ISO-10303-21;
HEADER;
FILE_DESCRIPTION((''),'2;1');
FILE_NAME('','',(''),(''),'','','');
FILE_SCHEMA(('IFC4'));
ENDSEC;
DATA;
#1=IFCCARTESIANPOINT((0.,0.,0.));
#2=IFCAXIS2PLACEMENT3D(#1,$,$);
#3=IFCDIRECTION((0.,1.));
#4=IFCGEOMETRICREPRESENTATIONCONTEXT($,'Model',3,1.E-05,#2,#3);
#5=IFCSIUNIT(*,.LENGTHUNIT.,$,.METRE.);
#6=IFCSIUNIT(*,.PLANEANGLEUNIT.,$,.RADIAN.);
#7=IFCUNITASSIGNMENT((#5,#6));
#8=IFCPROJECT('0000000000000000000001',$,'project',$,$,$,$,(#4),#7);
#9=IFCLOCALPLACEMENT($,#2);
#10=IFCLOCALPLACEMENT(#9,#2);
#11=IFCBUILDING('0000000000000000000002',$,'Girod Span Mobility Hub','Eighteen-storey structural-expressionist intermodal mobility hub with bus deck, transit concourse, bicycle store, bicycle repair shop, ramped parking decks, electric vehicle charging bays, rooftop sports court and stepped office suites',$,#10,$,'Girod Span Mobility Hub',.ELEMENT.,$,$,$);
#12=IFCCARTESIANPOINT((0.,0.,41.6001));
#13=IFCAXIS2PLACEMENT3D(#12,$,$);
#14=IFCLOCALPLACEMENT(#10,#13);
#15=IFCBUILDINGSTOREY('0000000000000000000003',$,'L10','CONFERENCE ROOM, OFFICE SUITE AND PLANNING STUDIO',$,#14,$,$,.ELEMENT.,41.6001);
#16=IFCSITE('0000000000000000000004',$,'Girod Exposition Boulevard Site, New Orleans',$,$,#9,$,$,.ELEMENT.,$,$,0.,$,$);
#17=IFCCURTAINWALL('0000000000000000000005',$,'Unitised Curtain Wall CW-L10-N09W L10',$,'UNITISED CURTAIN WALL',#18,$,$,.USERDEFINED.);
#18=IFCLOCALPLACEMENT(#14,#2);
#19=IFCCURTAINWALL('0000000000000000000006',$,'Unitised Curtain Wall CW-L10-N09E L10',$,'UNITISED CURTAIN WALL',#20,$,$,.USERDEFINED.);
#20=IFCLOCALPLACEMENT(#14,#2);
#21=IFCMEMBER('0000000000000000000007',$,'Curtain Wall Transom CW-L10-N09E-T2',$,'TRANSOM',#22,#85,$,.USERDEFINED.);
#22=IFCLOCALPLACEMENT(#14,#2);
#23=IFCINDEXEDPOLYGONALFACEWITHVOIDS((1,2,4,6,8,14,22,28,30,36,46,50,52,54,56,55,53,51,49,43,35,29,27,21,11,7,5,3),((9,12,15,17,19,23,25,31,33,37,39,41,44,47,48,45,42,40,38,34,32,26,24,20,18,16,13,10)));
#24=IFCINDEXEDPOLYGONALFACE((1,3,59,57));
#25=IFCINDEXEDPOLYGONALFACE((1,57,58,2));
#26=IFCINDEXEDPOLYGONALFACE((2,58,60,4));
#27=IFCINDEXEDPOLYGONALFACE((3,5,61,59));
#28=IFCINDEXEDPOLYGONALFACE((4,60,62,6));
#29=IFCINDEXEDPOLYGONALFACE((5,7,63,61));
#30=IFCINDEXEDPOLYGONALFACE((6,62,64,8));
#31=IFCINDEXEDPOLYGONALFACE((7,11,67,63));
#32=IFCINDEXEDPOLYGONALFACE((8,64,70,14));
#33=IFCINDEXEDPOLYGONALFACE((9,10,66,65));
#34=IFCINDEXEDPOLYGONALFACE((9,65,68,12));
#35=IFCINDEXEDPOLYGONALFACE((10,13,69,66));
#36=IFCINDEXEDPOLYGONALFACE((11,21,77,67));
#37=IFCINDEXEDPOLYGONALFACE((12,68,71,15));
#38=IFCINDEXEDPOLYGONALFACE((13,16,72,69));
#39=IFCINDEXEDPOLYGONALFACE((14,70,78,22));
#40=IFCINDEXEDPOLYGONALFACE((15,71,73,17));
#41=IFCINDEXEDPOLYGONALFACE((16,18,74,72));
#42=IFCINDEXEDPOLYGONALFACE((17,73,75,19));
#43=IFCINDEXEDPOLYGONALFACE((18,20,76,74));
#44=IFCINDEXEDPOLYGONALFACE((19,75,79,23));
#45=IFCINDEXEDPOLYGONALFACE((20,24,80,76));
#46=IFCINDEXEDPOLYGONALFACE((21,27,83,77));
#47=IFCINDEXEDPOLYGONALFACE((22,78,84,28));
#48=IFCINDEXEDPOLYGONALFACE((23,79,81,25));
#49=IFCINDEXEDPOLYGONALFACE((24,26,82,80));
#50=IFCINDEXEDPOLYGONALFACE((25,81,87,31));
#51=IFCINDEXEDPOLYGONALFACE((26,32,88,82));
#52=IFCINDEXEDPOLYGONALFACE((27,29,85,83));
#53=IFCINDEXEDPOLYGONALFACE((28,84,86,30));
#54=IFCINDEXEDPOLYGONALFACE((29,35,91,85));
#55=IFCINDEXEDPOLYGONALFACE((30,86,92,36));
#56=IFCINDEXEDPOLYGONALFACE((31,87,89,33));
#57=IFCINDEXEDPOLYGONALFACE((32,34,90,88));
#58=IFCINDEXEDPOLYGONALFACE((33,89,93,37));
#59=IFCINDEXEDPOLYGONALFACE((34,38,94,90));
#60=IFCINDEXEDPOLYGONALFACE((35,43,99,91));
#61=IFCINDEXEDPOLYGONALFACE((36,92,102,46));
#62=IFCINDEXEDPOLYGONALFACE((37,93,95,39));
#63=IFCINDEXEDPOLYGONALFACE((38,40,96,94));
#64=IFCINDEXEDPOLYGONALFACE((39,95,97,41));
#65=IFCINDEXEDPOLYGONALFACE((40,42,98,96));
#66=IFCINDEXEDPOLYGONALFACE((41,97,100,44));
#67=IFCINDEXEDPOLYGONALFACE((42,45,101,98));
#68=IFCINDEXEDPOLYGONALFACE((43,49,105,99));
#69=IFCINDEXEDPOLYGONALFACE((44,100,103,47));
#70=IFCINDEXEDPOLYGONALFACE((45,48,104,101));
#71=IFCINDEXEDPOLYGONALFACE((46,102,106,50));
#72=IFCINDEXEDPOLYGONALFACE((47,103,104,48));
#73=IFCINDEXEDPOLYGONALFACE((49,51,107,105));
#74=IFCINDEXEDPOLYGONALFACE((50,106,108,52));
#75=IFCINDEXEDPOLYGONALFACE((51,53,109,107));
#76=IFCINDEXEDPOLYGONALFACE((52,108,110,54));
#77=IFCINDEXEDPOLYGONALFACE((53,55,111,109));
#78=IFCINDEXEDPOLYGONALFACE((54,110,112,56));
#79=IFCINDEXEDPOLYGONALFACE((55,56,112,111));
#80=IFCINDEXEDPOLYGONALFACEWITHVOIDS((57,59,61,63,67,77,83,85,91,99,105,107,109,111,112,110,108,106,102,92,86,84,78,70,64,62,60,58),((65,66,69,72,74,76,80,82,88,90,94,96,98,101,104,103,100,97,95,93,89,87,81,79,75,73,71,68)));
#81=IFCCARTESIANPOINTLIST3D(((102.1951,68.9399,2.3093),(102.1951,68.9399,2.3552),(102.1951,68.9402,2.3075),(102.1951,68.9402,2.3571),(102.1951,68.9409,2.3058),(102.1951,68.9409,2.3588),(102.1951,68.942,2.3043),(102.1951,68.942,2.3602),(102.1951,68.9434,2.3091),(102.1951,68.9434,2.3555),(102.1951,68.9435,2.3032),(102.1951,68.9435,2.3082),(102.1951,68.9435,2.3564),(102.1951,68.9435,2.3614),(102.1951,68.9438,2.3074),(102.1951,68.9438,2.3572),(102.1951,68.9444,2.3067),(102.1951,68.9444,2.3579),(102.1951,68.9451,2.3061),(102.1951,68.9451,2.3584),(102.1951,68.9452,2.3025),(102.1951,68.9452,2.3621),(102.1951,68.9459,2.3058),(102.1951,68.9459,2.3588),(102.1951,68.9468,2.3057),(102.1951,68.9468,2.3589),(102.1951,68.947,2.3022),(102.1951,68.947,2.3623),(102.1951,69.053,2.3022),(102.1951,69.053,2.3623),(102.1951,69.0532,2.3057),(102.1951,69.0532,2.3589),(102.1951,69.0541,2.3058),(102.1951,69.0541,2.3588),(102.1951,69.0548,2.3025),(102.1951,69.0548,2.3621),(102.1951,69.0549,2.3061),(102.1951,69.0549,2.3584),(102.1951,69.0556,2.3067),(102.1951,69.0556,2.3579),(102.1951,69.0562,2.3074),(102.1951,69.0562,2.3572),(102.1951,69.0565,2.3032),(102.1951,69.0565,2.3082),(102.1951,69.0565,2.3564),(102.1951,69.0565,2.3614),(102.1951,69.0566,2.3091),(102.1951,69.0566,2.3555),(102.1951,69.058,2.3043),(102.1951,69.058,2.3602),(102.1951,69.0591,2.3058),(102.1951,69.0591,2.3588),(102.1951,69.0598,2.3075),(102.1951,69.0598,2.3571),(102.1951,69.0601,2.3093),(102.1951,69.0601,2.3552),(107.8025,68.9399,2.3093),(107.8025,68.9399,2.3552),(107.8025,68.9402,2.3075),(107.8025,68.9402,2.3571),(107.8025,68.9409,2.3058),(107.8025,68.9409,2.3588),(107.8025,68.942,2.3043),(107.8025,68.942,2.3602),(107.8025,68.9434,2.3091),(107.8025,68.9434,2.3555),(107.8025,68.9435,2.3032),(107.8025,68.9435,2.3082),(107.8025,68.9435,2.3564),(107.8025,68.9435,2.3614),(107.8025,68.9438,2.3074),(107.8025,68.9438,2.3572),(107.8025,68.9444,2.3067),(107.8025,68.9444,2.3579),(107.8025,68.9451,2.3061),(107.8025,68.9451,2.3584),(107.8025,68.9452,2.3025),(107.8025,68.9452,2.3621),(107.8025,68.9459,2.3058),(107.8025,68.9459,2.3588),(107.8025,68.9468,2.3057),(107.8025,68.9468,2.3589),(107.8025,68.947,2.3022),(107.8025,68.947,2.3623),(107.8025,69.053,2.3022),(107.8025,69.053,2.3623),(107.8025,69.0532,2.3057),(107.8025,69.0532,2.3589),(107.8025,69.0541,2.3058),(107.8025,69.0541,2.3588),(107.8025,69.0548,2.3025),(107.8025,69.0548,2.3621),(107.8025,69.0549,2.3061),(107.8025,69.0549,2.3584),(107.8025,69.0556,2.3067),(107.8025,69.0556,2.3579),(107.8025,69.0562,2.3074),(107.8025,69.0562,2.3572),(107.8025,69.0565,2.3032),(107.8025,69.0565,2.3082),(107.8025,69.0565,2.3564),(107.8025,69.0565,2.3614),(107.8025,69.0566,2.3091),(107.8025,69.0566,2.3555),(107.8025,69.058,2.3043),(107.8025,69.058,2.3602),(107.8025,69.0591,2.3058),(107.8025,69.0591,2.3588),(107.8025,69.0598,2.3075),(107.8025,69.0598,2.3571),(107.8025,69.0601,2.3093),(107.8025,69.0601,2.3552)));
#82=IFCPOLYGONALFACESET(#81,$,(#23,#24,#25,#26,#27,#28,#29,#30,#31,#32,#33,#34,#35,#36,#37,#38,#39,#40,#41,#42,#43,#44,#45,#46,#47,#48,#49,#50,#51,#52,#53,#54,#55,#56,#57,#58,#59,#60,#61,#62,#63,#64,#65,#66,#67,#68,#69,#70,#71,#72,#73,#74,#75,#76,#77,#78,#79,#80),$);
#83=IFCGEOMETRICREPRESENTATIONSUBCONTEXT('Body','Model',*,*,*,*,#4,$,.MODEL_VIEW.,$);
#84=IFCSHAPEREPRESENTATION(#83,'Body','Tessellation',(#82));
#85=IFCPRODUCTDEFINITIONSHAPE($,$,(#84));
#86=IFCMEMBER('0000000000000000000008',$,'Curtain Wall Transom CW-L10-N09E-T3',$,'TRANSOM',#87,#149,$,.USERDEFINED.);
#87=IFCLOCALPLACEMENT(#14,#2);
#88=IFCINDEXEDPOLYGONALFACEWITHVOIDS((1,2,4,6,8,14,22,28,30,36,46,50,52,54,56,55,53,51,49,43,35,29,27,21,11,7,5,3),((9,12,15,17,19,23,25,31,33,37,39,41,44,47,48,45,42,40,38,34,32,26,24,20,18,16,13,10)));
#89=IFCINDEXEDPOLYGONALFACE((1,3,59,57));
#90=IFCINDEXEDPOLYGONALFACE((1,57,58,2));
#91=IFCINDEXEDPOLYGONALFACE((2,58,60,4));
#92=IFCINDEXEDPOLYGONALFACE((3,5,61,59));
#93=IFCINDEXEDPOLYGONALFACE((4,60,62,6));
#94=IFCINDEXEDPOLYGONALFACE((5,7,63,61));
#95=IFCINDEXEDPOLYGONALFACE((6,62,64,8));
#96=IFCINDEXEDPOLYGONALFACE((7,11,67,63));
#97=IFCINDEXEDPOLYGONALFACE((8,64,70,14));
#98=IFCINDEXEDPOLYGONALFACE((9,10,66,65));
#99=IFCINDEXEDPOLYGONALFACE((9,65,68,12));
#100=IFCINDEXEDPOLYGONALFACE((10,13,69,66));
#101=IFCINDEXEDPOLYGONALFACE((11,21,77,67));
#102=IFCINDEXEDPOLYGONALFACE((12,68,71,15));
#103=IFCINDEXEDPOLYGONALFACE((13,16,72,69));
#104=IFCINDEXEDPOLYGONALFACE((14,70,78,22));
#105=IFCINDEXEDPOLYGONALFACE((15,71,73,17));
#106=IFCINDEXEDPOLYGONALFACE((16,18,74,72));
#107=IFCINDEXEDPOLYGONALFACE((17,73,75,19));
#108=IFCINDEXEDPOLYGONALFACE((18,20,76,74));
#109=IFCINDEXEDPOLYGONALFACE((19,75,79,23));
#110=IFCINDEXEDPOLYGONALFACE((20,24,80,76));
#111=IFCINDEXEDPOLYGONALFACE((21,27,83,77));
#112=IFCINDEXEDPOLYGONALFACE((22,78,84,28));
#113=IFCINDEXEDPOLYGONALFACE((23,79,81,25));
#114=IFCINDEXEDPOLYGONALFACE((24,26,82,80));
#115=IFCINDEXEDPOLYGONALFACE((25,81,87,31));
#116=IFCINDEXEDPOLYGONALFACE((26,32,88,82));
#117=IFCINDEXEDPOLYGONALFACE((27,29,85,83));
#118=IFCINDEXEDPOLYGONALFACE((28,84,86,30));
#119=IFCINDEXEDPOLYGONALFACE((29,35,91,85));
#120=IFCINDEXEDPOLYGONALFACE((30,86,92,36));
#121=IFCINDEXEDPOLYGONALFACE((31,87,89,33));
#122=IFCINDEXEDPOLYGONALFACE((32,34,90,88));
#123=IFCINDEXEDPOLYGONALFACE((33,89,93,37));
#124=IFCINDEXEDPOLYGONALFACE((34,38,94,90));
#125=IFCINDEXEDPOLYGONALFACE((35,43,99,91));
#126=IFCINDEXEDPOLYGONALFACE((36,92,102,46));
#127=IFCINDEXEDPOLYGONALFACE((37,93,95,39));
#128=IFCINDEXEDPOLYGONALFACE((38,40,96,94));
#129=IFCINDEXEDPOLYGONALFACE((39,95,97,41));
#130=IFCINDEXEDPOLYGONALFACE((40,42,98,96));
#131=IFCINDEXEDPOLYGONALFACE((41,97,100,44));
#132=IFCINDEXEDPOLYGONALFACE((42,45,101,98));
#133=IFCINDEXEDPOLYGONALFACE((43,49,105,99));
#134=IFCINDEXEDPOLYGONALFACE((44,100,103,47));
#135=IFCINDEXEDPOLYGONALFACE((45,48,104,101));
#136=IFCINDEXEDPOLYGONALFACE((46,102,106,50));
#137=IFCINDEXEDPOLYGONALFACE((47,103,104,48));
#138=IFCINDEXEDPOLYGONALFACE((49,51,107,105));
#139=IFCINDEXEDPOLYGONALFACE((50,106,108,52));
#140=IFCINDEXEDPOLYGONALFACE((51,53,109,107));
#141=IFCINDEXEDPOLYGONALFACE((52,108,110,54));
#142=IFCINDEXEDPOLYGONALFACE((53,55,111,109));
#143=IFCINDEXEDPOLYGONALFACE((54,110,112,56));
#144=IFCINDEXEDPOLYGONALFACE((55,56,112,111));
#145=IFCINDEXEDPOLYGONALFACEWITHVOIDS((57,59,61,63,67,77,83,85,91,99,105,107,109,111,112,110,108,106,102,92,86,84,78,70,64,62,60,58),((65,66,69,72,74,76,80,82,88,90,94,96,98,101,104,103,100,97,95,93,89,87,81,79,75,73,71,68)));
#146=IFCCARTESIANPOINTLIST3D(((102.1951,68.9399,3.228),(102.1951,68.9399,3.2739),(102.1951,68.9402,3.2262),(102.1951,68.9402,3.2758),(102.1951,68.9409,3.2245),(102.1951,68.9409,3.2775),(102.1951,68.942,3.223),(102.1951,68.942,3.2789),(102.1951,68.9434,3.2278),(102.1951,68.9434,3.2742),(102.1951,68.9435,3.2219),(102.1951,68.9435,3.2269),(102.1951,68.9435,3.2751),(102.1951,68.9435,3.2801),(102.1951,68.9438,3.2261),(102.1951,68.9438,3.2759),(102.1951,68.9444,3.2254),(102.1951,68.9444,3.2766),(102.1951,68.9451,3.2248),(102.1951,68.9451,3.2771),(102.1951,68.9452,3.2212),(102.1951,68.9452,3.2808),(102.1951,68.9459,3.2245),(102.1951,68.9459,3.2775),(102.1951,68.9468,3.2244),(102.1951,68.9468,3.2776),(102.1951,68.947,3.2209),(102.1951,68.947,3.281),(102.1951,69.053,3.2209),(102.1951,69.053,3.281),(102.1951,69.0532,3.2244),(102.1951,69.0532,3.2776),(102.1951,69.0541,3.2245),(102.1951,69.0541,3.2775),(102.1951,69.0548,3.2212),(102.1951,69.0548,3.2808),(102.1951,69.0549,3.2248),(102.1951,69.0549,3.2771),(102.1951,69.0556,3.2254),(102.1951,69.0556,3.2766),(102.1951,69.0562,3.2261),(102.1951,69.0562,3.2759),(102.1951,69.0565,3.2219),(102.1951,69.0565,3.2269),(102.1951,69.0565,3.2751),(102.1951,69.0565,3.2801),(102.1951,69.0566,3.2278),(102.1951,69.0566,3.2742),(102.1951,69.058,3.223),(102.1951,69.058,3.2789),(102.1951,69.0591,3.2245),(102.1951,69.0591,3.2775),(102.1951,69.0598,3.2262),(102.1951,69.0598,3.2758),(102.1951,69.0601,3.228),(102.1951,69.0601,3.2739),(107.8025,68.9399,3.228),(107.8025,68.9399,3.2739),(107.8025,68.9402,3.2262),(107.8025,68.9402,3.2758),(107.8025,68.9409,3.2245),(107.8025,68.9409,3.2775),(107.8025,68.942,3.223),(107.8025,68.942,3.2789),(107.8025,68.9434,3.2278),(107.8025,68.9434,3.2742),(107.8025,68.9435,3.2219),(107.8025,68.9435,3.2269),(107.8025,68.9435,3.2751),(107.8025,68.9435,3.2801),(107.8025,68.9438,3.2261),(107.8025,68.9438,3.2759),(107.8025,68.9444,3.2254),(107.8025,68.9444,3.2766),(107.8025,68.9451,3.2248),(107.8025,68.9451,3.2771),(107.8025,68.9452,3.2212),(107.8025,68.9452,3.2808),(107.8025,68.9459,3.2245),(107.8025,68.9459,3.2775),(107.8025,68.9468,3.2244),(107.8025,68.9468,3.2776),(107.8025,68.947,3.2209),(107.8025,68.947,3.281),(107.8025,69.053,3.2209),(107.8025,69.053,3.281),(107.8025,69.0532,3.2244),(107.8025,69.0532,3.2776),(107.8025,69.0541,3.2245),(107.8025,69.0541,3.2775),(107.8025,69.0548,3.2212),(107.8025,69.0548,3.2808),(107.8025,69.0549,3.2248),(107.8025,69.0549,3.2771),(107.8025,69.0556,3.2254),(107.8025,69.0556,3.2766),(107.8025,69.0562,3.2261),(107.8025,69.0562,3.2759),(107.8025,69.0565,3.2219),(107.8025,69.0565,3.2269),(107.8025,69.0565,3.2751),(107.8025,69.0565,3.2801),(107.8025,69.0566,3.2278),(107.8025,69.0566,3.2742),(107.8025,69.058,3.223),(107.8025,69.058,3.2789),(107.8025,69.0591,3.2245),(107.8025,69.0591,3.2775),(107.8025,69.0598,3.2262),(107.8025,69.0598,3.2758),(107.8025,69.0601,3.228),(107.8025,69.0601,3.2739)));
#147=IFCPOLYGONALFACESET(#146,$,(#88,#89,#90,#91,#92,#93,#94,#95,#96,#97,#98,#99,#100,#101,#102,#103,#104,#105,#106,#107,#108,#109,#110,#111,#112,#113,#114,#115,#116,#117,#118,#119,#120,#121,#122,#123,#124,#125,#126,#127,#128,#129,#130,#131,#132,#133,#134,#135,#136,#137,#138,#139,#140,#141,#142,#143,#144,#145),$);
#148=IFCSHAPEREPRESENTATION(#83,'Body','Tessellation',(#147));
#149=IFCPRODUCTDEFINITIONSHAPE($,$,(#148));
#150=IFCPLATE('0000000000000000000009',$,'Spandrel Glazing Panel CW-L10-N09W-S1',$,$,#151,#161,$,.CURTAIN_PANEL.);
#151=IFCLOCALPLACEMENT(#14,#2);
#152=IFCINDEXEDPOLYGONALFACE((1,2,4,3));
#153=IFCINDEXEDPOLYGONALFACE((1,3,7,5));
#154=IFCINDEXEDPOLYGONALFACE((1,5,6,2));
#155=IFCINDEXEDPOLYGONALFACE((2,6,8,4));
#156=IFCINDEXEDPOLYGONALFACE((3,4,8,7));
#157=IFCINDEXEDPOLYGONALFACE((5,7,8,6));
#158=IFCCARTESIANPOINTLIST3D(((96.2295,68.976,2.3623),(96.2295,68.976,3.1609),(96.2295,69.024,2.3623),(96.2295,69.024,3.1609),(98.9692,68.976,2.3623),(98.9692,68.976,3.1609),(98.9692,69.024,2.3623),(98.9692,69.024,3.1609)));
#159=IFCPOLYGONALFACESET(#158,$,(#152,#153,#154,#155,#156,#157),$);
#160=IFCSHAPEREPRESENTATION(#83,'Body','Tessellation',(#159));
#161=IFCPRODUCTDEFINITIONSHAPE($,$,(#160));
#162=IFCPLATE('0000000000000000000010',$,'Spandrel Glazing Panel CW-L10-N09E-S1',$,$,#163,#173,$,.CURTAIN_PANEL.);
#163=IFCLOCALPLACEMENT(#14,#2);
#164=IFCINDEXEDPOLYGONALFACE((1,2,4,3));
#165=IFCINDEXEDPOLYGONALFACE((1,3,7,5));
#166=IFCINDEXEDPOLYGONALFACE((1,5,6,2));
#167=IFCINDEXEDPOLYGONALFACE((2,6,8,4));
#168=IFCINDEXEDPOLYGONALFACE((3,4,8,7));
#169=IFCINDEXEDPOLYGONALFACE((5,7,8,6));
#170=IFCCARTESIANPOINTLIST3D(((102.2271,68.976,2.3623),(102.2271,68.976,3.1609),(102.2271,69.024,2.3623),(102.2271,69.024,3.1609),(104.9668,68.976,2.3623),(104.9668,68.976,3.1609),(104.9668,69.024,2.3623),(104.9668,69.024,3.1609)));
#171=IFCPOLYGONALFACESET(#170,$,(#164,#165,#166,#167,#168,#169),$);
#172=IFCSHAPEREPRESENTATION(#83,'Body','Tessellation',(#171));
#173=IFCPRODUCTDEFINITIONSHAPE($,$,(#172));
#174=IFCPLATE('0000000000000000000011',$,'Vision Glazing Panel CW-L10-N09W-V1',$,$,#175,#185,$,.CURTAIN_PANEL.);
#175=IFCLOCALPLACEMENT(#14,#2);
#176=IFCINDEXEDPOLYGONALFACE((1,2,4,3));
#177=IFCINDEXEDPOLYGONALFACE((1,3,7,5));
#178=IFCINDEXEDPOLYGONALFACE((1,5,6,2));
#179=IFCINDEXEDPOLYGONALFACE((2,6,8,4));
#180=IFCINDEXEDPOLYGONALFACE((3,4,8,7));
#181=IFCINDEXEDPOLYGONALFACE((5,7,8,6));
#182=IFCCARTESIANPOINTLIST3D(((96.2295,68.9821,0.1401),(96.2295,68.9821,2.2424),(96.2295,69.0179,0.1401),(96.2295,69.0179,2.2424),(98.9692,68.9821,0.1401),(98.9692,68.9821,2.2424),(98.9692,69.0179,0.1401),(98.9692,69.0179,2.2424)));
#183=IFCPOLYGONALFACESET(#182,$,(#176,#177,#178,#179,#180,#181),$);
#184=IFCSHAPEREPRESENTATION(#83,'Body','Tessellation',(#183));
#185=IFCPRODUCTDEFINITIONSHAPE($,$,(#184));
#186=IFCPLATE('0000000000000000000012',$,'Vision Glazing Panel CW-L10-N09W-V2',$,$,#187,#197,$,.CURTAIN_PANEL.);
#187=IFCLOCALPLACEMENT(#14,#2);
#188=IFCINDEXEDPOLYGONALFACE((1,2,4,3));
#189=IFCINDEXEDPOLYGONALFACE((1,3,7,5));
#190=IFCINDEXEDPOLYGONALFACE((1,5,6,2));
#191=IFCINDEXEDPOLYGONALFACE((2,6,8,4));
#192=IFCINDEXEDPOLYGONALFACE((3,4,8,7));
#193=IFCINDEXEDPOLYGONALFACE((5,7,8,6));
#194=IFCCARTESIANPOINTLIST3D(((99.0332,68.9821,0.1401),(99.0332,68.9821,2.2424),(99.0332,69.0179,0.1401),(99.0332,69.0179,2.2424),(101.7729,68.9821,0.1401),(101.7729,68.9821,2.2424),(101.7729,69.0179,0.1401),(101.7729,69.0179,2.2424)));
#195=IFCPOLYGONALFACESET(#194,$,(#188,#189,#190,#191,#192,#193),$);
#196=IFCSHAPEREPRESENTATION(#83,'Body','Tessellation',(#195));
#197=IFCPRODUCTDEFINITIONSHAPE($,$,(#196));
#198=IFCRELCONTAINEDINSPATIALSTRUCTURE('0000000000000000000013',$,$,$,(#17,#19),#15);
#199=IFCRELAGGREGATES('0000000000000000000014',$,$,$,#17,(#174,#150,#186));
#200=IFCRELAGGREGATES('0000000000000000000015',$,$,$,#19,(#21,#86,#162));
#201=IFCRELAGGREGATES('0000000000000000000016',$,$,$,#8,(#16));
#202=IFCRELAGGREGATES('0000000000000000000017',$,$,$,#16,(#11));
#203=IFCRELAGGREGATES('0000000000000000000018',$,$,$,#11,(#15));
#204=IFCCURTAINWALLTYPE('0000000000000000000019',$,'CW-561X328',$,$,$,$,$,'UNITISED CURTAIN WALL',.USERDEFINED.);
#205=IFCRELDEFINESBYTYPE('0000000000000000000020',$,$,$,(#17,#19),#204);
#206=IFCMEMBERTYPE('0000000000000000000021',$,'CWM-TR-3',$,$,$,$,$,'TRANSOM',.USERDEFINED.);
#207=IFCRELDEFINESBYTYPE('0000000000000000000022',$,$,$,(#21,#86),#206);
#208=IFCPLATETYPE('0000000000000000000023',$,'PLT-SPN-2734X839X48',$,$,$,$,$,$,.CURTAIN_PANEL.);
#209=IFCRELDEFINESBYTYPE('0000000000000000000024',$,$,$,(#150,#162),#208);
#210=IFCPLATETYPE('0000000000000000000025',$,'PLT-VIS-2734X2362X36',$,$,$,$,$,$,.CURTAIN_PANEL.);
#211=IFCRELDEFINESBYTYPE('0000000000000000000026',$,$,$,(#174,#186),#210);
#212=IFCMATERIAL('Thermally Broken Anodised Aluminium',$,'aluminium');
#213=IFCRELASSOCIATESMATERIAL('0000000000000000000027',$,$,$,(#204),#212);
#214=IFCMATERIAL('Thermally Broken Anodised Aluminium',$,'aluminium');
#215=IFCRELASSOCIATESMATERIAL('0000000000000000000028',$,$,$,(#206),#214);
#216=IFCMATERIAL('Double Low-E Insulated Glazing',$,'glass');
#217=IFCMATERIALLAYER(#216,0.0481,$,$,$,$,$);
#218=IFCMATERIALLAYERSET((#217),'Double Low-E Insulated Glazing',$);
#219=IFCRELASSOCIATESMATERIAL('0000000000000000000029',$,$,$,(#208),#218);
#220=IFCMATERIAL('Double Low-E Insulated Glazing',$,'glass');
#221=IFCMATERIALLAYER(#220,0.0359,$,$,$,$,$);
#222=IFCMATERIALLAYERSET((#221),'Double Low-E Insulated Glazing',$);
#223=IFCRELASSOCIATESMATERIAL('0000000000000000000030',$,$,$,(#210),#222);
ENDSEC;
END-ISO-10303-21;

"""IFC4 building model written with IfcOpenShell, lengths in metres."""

from ifc_helpers import new_model, si_unit, direction, frame, origin, origin_2d, place, context, subcontext, project, spatial, rectangle, hollow_rectangle, extrude, material, layer, layer_set, material_profile, profile_set, type_object, element, aggregate, save


model = new_model("IFC4")

# Units and contexts
model_context = context("Model", 3, precision=1e-05, world=origin(), true_north=direction((0.0, 1.0)))
body_context = subcontext(model_context, "Body", "Model", "MODEL_VIEW")
ifc_project = project(units=[si_unit("LENGTHUNIT", "METRE"), si_unit("PLANEANGLEUNIT", "RADIAN")], contexts=[model_context])

# Site, building, storey
site_placement = place(None, origin())
site = spatial("IfcSite", under=ifc_project, at=site_placement, Name="Girod Exposition Boulevard Site, New Orleans", CompositionType="ELEMENT", RefElevation=0.0)
building_placement = place(site_placement, origin())
building = spatial("IfcBuilding", under=site, at=building_placement, Name="Girod Span Mobility Hub", Description="Eighteen-storey structural-expressionist intermodal mobility hub with bus deck, transit concourse, bicycle store, bicycle repair shop, ramped parking decks, electric vehicle charging bays, rooftop sports court and stepped office suites", LongName="Girod Span Mobility Hub", CompositionType="ELEMENT")
storey_placement = place(building_placement, frame((0.0, 0.0, 41.6001)))
storey = spatial("IfcBuildingStorey", under=building, at=storey_placement, Name="L10", Description="CONFERENCE ROOM, OFFICE SUITE AND PLANNING STUDIO", CompositionType="ELEMENT", Elevation=41.6001)

# Curtain walls
ifc_material_1 = material(Name="Thermally Broken Anodised Aluminium", Category="aluminium")
curtain_wall_type = type_object("IfcCurtainWallType", Name="CW-561X328", ElementType="UNITISED CURTAIN WALL", PredefinedType="USERDEFINED", material=ifc_material_1)
curtain_wall_1_placement = place(storey_placement, origin())
curtain_wall_1 = element("IfcCurtainWall", 1, at=curtain_wall_1_placement, inside=storey, type_object=curtain_wall_type, Name="Unitised Curtain Wall CW-L10-N09W L10", ObjectType="UNITISED CURTAIN WALL", PredefinedType="USERDEFINED")
curtain_wall_2_placement = place(storey_placement, origin())
curtain_wall_2 = element("IfcCurtainWall", 2, at=curtain_wall_2_placement, inside=storey, type_object=curtain_wall_type, Name="Unitised Curtain Wall CW-L10-N09E L10", ObjectType="UNITISED CURTAIN WALL", PredefinedType="USERDEFINED")

# Members
ifc_material_2 = material(Name="Thermally Broken Anodised Aluminium", Category="aluminium")
ifc_material_profile_1 = material_profile(ifc_material_2, hollow_rectangle(XDim=0.1201, YDim=0.0601, WallThickness=0.0034, InnerFilletRadius=0.0034, OuterFilletRadius=0.0071, at=origin_2d()), Name="CW-TR-60X120")
ifc_profile_set_1 = profile_set([ifc_material_profile_1], Name="Thermally Broken Anodised Aluminium")
member_type_1 = type_object("IfcMemberType", Name="CWM-TR-3", ElementType="TRANSOM", PredefinedType="USERDEFINED", material=ifc_profile_set_1)
member_1_placement = place(storey_placement, frame((102.1951, 69.0, 2.3323), z_axis=(1.0, 0.0, 0.0), x_axis=(0.0, 1.0, 0.0)))
member_1 = element("IfcMember", 3, at=member_1_placement, type_object=member_type_1, Name="Curtain Wall Transom CW-L10-N09E-T2", ObjectType="TRANSOM", PredefinedType="USERDEFINED", context=body_context, shape_type="SweptSolid", body=[
    extrude(hollow_rectangle(XDim=0.1201, YDim=0.0601, WallThickness=0.0034, InnerFilletRadius=0.0034, OuterFilletRadius=0.0071, at=origin_2d()), origin(), (0.0, 0.0, 1.0), 5.6074),
])
member_2_placement = place(storey_placement, frame((102.1951, 69.0, 3.251), z_axis=(1.0, 0.0, 0.0), x_axis=(0.0, 1.0, 0.0)))
member_2 = element("IfcMember", 4, at=member_2_placement, type_object=member_type_1, Name="Curtain Wall Transom CW-L10-N09E-T3", ObjectType="TRANSOM", PredefinedType="USERDEFINED", context=body_context, shape_type="SweptSolid", body=[
    extrude(hollow_rectangle(XDim=0.1201, YDim=0.0601, WallThickness=0.0034, InnerFilletRadius=0.0034, OuterFilletRadius=0.0071, at=origin_2d()), origin(), (0.0, 0.0, 1.0), 5.6074),
])

# Plates
ifc_material_3 = material(Name="Double Low-E Insulated Glazing", Category="glass")
ifc_layer_1 = layer(ifc_material_3, 0.0481)
ifc_layer_set_1 = layer_set([ifc_layer_1], Name="Double Low-E Insulated Glazing")
plate_type_1 = type_object("IfcPlateType", Name="PLT-SPN-2734X839X48", PredefinedType="CURTAIN_PANEL", material=ifc_layer_set_1)
plate_1_placement = place(storey_placement, frame((97.5994, 69.0, 2.3623), z_axis=(0.0, 0.0, 1.0), x_axis=(1.0, 0.0, 0.0)))
plate_1 = element("IfcPlate", 5, at=plate_1_placement, type_object=plate_type_1, Name="Spandrel Glazing Panel CW-L10-N09W-S1", PredefinedType="CURTAIN_PANEL", context=body_context, shape_type="SweptSolid", body=[
    extrude(rectangle(XDim=2.7397, YDim=0.0481, at=origin_2d()), origin(), (0.0, 0.0, 1.0), 0.7986),
])
plate_2_placement = place(storey_placement, frame((103.5969, 69.0, 2.3623), z_axis=(0.0, 0.0, 1.0), x_axis=(1.0, 0.0, 0.0)))
plate_2 = element("IfcPlate", 6, at=plate_2_placement, type_object=plate_type_1, Name="Spandrel Glazing Panel CW-L10-N09E-S1", PredefinedType="CURTAIN_PANEL", context=body_context, shape_type="SweptSolid", body=[
    extrude(rectangle(XDim=2.7397, YDim=0.0481, at=origin_2d()), origin(), (0.0, 0.0, 1.0), 0.7986),
])
ifc_material_4 = material(Name="Double Low-E Insulated Glazing", Category="glass")
ifc_layer_2 = layer(ifc_material_4, 0.0359)
ifc_layer_set_2 = layer_set([ifc_layer_2], Name="Double Low-E Insulated Glazing")
plate_type_2 = type_object("IfcPlateType", Name="PLT-VIS-2734X2362X36", PredefinedType="CURTAIN_PANEL", material=ifc_layer_set_2)
plate_3_placement = place(storey_placement, frame((97.5994, 69.0, 0.1401), z_axis=(0.0, 0.0, 1.0), x_axis=(1.0, 0.0, 0.0)))
plate_3 = element("IfcPlate", 7, at=plate_3_placement, type_object=plate_type_2, Name="Vision Glazing Panel CW-L10-N09W-V1", PredefinedType="CURTAIN_PANEL", context=body_context, shape_type="SweptSolid", body=[
    extrude(rectangle(XDim=2.7397, YDim=0.0359, at=origin_2d()), origin(), (0.0, 0.0, 1.0), 2.1023),
])
plate_4_placement = place(storey_placement, frame((100.4031, 69.0, 0.1401), z_axis=(0.0, 0.0, 1.0), x_axis=(1.0, 0.0, 0.0)))
plate_4 = element("IfcPlate", 8, at=plate_4_placement, type_object=plate_type_2, Name="Vision Glazing Panel CW-L10-N09W-V2", PredefinedType="CURTAIN_PANEL", context=body_context, shape_type="SweptSolid", body=[
    extrude(rectangle(XDim=2.7397, YDim=0.0359, at=origin_2d()), origin(), (0.0, 0.0, 1.0), 2.1023),
])
aggregate(curtain_wall_1, [plate_3, plate_1, plate_4])
aggregate(curtain_wall_2, [member_1, member_2, plate_2])

save(model, "model.ifc")
